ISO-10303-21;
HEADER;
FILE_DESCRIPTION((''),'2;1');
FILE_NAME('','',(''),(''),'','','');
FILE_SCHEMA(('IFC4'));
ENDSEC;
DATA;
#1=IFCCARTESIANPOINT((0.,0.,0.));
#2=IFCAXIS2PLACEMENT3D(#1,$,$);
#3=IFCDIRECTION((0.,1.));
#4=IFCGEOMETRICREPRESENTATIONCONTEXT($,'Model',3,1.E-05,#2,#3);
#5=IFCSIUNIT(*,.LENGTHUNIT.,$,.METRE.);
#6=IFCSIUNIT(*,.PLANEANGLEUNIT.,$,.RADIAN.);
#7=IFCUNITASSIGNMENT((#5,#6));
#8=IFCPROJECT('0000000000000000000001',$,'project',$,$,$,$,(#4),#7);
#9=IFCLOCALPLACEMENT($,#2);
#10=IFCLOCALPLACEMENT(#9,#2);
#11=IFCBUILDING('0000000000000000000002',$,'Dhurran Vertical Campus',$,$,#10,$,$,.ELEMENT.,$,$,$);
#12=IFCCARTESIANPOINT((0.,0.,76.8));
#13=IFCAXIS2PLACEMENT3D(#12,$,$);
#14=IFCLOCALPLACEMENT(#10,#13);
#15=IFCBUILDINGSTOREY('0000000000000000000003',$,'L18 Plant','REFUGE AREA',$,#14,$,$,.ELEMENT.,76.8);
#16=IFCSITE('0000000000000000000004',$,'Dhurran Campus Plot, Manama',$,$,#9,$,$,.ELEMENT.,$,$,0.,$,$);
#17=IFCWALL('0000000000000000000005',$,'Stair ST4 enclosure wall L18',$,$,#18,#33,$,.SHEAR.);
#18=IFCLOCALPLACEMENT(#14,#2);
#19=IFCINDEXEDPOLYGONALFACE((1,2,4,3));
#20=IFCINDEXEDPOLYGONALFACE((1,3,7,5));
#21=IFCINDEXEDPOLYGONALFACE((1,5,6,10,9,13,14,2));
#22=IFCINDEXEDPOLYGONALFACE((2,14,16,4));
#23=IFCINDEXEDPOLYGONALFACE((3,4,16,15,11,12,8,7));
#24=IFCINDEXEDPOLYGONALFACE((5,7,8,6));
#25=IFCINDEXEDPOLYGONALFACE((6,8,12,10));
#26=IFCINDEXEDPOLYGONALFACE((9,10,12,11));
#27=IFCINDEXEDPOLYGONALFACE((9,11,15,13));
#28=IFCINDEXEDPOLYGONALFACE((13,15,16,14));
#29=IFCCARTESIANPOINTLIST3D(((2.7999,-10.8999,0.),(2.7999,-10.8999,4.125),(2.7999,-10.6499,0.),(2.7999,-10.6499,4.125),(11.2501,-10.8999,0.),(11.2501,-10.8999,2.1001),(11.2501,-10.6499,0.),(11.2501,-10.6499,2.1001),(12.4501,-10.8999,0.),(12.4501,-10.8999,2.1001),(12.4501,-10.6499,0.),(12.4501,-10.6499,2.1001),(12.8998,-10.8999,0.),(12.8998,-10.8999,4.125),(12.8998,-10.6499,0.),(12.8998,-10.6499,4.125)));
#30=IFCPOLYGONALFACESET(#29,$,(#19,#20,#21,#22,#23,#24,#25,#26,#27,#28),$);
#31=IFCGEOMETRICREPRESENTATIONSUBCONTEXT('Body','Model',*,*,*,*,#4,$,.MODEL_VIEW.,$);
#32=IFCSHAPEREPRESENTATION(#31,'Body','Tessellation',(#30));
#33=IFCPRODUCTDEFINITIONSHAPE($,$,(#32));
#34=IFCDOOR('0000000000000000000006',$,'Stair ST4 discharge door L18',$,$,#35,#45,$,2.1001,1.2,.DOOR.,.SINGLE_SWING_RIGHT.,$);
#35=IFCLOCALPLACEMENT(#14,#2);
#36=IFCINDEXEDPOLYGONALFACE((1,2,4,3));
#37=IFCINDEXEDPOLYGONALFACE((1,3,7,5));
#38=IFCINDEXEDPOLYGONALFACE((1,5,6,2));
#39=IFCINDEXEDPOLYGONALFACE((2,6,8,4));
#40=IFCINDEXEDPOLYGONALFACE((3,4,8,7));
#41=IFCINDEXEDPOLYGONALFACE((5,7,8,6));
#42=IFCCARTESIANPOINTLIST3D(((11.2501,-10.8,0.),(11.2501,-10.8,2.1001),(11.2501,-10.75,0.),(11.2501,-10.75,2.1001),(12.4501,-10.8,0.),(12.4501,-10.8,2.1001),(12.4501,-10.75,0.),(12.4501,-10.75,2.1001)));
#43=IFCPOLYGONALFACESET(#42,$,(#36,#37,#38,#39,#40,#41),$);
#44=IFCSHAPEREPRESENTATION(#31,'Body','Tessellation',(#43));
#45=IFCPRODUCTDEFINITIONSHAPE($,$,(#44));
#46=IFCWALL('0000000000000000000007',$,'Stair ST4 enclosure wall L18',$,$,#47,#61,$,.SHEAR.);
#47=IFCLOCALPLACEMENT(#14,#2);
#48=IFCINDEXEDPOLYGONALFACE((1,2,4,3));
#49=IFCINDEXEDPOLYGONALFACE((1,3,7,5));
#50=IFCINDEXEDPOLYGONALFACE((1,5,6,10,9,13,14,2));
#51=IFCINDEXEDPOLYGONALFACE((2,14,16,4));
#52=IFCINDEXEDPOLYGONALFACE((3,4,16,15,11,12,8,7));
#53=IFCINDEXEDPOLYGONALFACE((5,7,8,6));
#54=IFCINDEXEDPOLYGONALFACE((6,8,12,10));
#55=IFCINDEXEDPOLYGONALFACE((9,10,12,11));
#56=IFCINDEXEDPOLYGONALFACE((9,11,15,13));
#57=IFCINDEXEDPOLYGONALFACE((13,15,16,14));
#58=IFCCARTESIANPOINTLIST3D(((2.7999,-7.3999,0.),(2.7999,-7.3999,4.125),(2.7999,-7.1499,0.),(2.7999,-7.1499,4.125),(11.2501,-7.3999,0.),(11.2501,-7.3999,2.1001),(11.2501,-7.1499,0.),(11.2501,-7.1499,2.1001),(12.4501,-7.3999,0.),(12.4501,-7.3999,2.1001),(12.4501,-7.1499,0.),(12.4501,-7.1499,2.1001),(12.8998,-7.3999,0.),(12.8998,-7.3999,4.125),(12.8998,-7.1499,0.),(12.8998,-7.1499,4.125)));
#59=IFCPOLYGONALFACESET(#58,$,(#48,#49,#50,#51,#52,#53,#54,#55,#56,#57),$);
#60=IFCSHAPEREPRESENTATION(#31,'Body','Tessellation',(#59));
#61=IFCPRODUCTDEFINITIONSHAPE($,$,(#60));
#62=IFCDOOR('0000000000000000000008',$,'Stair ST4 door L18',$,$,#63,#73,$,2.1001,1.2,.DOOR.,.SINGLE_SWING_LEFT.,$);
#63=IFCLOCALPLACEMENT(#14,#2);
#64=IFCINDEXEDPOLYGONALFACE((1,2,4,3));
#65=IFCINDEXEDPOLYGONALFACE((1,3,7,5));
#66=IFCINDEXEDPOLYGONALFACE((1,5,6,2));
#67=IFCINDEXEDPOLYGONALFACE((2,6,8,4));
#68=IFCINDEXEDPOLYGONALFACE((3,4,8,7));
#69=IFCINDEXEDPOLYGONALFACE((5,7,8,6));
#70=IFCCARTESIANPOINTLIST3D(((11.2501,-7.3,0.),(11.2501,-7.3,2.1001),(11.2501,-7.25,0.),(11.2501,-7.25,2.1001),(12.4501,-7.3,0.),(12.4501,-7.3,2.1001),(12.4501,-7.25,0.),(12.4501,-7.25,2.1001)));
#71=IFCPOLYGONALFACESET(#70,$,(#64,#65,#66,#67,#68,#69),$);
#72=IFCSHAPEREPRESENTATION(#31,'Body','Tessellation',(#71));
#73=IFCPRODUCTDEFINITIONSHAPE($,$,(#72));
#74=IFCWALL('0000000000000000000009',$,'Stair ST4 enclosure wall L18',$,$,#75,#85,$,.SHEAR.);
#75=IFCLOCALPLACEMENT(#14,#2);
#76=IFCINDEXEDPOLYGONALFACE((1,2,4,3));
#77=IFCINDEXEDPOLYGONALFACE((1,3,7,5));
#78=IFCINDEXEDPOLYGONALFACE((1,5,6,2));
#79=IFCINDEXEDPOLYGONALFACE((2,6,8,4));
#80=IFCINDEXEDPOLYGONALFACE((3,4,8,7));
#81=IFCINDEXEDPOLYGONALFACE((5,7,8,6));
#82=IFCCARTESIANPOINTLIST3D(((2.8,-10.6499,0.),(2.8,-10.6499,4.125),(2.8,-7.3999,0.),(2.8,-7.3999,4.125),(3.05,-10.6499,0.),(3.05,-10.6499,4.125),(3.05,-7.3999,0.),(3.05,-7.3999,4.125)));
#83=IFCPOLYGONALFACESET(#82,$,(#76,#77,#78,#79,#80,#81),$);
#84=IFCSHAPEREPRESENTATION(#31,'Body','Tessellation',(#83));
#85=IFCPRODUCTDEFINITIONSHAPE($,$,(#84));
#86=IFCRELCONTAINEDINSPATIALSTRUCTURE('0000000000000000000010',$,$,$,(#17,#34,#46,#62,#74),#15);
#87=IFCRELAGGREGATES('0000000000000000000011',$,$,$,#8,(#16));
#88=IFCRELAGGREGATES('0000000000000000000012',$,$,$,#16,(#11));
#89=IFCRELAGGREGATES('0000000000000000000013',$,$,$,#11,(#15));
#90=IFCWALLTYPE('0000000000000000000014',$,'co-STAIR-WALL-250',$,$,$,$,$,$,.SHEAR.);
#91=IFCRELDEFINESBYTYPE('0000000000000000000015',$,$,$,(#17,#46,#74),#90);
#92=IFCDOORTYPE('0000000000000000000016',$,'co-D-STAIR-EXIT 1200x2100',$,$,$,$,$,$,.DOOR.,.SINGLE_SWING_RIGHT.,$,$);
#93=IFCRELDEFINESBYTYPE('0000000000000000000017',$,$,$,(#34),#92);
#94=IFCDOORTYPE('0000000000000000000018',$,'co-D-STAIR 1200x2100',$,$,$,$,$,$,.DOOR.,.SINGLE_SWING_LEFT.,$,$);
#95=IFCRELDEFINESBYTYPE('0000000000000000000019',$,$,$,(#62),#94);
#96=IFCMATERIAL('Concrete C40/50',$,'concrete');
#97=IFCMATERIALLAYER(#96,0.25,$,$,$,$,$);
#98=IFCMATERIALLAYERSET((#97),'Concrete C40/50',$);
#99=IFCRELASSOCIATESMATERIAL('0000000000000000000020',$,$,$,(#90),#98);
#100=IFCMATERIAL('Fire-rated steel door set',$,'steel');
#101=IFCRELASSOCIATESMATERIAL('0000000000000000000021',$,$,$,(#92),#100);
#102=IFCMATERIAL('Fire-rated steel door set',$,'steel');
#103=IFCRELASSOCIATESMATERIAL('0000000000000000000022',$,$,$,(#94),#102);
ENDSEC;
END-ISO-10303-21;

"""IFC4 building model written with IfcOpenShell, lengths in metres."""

from ifc_helpers import new_model, si_unit, direction, frame, frame_2d, origin, place, context, subcontext, project, spatial, rectangle, extrude, material, layer, layer_set, type_object, element, fill, save


model = new_model("IFC4")

# Units and contexts
model_context = context("Model", 3, precision=1e-05, world=origin(), true_north=direction((0.0, 1.0)))
body_context = subcontext(model_context, "Body", "Model", "MODEL_VIEW")
ifc_project = project(units=[si_unit("LENGTHUNIT", "METRE"), si_unit("PLANEANGLEUNIT", "RADIAN")], contexts=[model_context])

# Site, building, storey
site_placement = place(None, origin())
site = spatial("IfcSite", under=ifc_project, at=site_placement, Name="Dhurran Campus Plot, Manama", CompositionType="ELEMENT", RefElevation=0.0)
building_placement = place(site_placement, origin())
building = spatial("IfcBuilding", under=site, at=building_placement, Name="Dhurran Vertical Campus", CompositionType="ELEMENT")
storey_placement = place(building_placement, frame((0.0, 0.0, 76.8)))
storey = spatial("IfcBuildingStorey", under=building, at=storey_placement, Name="L18 Plant", Description="REFUGE AREA", CompositionType="ELEMENT", Elevation=76.8)

# Walls, openings, doors
ifc_material_1 = material(Name="Concrete C40/50", Category="concrete")
ifc_layer_1 = layer(ifc_material_1, 0.25)
ifc_layer_set_1 = layer_set([ifc_layer_1], Name="Concrete C40/50")
wall_type_1 = type_object("IfcWallType", Name="co-STAIR-WALL-250", PredefinedType="SHEAR", material=ifc_layer_set_1)
wall_1_placement = place(storey_placement, frame((2.8, -10.7749, 0.0), z_axis=(0.0, 0.0, 1.0), x_axis=(1.0, 0.0, 0.0)))
wall_1 = element("IfcWall", 1, at=wall_1_placement, inside=storey, type_object=wall_type_1, Name="Stair ST4 enclosure wall L18", PredefinedType="SHEAR", context=body_context, shape_type="SweptSolid", body=[
    extrude(rectangle(XDim=10.0999, YDim=0.25, at=frame_2d((5.0498, 0.0))), origin(), (0.0, 0.0, 1.0), 4.125),
])
opening_1_placement = place(wall_1_placement, frame((8.45, 0.0, 0.0)))
opening_1 = element("IfcOpeningElement", 2, at=opening_1_placement, cuts=wall_1, PredefinedType="OPENING", context=body_context, shape_type="SweptSolid", body=[
    extrude(rectangle(XDim=1.2, YDim=2.1001, at=frame_2d((0.6001, 1.05))), frame((0.0, 0.135, 0.0), z_axis=(0.0, -1.0, 0.0), x_axis=(1.0, 0.0, 0.0)), (0.0, 0.0, 1.0), 0.27),
])
ifc_material_2 = material(Name="Fire-rated steel door set", Category="steel")
door_type_1 = type_object("IfcDoorType", Name="co-D-STAIR-EXIT 1200x2100", OperationType="SINGLE_SWING_RIGHT", PredefinedType="DOOR", material=ifc_material_2)
door_1_placement = place(opening_1_placement, origin())
door_1 = element("IfcDoor", 3, at=door_1_placement, inside=storey, type_object=door_type_1, Name="Stair ST4 discharge door L18", OperationType="SINGLE_SWING_RIGHT", OverallHeight=2.1001, OverallWidth=1.2, PredefinedType="DOOR", context=body_context, shape_type="SweptSolid", body=[
    extrude(rectangle(XDim=1.2, YDim=2.1001, at=frame_2d((0.6001, 1.05))), frame((0.0, 0.0249, 0.0), z_axis=(0.0, -1.0, 0.0), x_axis=(1.0, 0.0, 0.0)), (0.0, 0.0, 1.0), 0.05),
])
fill(opening_1, door_1)
wall_2_placement = place(storey_placement, frame((2.8, -7.2749, 0.0), z_axis=(0.0, 0.0, 1.0), x_axis=(1.0, 0.0, 0.0)))
wall_2 = element("IfcWall", 4, at=wall_2_placement, inside=storey, type_object=wall_type_1, Name="Stair ST4 enclosure wall L18", PredefinedType="SHEAR", context=body_context, shape_type="SweptSolid", body=[
    extrude(rectangle(XDim=10.0999, YDim=0.25, at=frame_2d((5.0498, 0.0))), origin(), (0.0, 0.0, 1.0), 4.125),
])
opening_2_placement = place(wall_2_placement, frame((8.45, 0.0, 0.0)))
opening_2 = element("IfcOpeningElement", 5, at=opening_2_placement, cuts=wall_2, PredefinedType="OPENING", context=body_context, shape_type="SweptSolid", body=[
    extrude(rectangle(XDim=1.2, YDim=2.1001, at=frame_2d((0.6001, 1.05))), frame((0.0, 0.135, 0.0), z_axis=(0.0, -1.0, 0.0), x_axis=(1.0, 0.0, 0.0)), (0.0, 0.0, 1.0), 0.27),
])
ifc_material_3 = material(Name="Fire-rated steel door set", Category="steel")
door_type_2 = type_object("IfcDoorType", Name="co-D-STAIR 1200x2100", OperationType="SINGLE_SWING_LEFT", PredefinedType="DOOR", material=ifc_material_3)
door_2_placement = place(opening_2_placement, origin())
door_2 = element("IfcDoor", 6, at=door_2_placement, inside=storey, type_object=door_type_2, Name="Stair ST4 door L18", OperationType="SINGLE_SWING_LEFT", OverallHeight=2.1001, OverallWidth=1.2, PredefinedType="DOOR", context=body_context, shape_type="SweptSolid", body=[
    extrude(rectangle(XDim=1.2, YDim=2.1001, at=frame_2d((0.6001, 1.05))), frame((0.0, 0.0249, 0.0), z_axis=(0.0, -1.0, 0.0), x_axis=(1.0, 0.0, 0.0)), (0.0, 0.0, 1.0), 0.05),
])
fill(opening_2, door_2)

# Wall
wall_3_placement = place(storey_placement, frame((2.925, -10.6499, 0.0), z_axis=(0.0, 0.0, 1.0), x_axis=(0.0, 1.0, 0.0)))
element("IfcWall", 7, at=wall_3_placement, inside=storey, type_object=wall_type_1, Name="Stair ST4 enclosure wall L18", PredefinedType="SHEAR", context=body_context, shape_type="SweptSolid", body=[
    extrude(rectangle(XDim=3.25, YDim=0.25, at=frame_2d((1.625, 0.0))), origin(), (0.0, 0.0, 1.0), 4.125),
])

save(model, "model.ifc")
